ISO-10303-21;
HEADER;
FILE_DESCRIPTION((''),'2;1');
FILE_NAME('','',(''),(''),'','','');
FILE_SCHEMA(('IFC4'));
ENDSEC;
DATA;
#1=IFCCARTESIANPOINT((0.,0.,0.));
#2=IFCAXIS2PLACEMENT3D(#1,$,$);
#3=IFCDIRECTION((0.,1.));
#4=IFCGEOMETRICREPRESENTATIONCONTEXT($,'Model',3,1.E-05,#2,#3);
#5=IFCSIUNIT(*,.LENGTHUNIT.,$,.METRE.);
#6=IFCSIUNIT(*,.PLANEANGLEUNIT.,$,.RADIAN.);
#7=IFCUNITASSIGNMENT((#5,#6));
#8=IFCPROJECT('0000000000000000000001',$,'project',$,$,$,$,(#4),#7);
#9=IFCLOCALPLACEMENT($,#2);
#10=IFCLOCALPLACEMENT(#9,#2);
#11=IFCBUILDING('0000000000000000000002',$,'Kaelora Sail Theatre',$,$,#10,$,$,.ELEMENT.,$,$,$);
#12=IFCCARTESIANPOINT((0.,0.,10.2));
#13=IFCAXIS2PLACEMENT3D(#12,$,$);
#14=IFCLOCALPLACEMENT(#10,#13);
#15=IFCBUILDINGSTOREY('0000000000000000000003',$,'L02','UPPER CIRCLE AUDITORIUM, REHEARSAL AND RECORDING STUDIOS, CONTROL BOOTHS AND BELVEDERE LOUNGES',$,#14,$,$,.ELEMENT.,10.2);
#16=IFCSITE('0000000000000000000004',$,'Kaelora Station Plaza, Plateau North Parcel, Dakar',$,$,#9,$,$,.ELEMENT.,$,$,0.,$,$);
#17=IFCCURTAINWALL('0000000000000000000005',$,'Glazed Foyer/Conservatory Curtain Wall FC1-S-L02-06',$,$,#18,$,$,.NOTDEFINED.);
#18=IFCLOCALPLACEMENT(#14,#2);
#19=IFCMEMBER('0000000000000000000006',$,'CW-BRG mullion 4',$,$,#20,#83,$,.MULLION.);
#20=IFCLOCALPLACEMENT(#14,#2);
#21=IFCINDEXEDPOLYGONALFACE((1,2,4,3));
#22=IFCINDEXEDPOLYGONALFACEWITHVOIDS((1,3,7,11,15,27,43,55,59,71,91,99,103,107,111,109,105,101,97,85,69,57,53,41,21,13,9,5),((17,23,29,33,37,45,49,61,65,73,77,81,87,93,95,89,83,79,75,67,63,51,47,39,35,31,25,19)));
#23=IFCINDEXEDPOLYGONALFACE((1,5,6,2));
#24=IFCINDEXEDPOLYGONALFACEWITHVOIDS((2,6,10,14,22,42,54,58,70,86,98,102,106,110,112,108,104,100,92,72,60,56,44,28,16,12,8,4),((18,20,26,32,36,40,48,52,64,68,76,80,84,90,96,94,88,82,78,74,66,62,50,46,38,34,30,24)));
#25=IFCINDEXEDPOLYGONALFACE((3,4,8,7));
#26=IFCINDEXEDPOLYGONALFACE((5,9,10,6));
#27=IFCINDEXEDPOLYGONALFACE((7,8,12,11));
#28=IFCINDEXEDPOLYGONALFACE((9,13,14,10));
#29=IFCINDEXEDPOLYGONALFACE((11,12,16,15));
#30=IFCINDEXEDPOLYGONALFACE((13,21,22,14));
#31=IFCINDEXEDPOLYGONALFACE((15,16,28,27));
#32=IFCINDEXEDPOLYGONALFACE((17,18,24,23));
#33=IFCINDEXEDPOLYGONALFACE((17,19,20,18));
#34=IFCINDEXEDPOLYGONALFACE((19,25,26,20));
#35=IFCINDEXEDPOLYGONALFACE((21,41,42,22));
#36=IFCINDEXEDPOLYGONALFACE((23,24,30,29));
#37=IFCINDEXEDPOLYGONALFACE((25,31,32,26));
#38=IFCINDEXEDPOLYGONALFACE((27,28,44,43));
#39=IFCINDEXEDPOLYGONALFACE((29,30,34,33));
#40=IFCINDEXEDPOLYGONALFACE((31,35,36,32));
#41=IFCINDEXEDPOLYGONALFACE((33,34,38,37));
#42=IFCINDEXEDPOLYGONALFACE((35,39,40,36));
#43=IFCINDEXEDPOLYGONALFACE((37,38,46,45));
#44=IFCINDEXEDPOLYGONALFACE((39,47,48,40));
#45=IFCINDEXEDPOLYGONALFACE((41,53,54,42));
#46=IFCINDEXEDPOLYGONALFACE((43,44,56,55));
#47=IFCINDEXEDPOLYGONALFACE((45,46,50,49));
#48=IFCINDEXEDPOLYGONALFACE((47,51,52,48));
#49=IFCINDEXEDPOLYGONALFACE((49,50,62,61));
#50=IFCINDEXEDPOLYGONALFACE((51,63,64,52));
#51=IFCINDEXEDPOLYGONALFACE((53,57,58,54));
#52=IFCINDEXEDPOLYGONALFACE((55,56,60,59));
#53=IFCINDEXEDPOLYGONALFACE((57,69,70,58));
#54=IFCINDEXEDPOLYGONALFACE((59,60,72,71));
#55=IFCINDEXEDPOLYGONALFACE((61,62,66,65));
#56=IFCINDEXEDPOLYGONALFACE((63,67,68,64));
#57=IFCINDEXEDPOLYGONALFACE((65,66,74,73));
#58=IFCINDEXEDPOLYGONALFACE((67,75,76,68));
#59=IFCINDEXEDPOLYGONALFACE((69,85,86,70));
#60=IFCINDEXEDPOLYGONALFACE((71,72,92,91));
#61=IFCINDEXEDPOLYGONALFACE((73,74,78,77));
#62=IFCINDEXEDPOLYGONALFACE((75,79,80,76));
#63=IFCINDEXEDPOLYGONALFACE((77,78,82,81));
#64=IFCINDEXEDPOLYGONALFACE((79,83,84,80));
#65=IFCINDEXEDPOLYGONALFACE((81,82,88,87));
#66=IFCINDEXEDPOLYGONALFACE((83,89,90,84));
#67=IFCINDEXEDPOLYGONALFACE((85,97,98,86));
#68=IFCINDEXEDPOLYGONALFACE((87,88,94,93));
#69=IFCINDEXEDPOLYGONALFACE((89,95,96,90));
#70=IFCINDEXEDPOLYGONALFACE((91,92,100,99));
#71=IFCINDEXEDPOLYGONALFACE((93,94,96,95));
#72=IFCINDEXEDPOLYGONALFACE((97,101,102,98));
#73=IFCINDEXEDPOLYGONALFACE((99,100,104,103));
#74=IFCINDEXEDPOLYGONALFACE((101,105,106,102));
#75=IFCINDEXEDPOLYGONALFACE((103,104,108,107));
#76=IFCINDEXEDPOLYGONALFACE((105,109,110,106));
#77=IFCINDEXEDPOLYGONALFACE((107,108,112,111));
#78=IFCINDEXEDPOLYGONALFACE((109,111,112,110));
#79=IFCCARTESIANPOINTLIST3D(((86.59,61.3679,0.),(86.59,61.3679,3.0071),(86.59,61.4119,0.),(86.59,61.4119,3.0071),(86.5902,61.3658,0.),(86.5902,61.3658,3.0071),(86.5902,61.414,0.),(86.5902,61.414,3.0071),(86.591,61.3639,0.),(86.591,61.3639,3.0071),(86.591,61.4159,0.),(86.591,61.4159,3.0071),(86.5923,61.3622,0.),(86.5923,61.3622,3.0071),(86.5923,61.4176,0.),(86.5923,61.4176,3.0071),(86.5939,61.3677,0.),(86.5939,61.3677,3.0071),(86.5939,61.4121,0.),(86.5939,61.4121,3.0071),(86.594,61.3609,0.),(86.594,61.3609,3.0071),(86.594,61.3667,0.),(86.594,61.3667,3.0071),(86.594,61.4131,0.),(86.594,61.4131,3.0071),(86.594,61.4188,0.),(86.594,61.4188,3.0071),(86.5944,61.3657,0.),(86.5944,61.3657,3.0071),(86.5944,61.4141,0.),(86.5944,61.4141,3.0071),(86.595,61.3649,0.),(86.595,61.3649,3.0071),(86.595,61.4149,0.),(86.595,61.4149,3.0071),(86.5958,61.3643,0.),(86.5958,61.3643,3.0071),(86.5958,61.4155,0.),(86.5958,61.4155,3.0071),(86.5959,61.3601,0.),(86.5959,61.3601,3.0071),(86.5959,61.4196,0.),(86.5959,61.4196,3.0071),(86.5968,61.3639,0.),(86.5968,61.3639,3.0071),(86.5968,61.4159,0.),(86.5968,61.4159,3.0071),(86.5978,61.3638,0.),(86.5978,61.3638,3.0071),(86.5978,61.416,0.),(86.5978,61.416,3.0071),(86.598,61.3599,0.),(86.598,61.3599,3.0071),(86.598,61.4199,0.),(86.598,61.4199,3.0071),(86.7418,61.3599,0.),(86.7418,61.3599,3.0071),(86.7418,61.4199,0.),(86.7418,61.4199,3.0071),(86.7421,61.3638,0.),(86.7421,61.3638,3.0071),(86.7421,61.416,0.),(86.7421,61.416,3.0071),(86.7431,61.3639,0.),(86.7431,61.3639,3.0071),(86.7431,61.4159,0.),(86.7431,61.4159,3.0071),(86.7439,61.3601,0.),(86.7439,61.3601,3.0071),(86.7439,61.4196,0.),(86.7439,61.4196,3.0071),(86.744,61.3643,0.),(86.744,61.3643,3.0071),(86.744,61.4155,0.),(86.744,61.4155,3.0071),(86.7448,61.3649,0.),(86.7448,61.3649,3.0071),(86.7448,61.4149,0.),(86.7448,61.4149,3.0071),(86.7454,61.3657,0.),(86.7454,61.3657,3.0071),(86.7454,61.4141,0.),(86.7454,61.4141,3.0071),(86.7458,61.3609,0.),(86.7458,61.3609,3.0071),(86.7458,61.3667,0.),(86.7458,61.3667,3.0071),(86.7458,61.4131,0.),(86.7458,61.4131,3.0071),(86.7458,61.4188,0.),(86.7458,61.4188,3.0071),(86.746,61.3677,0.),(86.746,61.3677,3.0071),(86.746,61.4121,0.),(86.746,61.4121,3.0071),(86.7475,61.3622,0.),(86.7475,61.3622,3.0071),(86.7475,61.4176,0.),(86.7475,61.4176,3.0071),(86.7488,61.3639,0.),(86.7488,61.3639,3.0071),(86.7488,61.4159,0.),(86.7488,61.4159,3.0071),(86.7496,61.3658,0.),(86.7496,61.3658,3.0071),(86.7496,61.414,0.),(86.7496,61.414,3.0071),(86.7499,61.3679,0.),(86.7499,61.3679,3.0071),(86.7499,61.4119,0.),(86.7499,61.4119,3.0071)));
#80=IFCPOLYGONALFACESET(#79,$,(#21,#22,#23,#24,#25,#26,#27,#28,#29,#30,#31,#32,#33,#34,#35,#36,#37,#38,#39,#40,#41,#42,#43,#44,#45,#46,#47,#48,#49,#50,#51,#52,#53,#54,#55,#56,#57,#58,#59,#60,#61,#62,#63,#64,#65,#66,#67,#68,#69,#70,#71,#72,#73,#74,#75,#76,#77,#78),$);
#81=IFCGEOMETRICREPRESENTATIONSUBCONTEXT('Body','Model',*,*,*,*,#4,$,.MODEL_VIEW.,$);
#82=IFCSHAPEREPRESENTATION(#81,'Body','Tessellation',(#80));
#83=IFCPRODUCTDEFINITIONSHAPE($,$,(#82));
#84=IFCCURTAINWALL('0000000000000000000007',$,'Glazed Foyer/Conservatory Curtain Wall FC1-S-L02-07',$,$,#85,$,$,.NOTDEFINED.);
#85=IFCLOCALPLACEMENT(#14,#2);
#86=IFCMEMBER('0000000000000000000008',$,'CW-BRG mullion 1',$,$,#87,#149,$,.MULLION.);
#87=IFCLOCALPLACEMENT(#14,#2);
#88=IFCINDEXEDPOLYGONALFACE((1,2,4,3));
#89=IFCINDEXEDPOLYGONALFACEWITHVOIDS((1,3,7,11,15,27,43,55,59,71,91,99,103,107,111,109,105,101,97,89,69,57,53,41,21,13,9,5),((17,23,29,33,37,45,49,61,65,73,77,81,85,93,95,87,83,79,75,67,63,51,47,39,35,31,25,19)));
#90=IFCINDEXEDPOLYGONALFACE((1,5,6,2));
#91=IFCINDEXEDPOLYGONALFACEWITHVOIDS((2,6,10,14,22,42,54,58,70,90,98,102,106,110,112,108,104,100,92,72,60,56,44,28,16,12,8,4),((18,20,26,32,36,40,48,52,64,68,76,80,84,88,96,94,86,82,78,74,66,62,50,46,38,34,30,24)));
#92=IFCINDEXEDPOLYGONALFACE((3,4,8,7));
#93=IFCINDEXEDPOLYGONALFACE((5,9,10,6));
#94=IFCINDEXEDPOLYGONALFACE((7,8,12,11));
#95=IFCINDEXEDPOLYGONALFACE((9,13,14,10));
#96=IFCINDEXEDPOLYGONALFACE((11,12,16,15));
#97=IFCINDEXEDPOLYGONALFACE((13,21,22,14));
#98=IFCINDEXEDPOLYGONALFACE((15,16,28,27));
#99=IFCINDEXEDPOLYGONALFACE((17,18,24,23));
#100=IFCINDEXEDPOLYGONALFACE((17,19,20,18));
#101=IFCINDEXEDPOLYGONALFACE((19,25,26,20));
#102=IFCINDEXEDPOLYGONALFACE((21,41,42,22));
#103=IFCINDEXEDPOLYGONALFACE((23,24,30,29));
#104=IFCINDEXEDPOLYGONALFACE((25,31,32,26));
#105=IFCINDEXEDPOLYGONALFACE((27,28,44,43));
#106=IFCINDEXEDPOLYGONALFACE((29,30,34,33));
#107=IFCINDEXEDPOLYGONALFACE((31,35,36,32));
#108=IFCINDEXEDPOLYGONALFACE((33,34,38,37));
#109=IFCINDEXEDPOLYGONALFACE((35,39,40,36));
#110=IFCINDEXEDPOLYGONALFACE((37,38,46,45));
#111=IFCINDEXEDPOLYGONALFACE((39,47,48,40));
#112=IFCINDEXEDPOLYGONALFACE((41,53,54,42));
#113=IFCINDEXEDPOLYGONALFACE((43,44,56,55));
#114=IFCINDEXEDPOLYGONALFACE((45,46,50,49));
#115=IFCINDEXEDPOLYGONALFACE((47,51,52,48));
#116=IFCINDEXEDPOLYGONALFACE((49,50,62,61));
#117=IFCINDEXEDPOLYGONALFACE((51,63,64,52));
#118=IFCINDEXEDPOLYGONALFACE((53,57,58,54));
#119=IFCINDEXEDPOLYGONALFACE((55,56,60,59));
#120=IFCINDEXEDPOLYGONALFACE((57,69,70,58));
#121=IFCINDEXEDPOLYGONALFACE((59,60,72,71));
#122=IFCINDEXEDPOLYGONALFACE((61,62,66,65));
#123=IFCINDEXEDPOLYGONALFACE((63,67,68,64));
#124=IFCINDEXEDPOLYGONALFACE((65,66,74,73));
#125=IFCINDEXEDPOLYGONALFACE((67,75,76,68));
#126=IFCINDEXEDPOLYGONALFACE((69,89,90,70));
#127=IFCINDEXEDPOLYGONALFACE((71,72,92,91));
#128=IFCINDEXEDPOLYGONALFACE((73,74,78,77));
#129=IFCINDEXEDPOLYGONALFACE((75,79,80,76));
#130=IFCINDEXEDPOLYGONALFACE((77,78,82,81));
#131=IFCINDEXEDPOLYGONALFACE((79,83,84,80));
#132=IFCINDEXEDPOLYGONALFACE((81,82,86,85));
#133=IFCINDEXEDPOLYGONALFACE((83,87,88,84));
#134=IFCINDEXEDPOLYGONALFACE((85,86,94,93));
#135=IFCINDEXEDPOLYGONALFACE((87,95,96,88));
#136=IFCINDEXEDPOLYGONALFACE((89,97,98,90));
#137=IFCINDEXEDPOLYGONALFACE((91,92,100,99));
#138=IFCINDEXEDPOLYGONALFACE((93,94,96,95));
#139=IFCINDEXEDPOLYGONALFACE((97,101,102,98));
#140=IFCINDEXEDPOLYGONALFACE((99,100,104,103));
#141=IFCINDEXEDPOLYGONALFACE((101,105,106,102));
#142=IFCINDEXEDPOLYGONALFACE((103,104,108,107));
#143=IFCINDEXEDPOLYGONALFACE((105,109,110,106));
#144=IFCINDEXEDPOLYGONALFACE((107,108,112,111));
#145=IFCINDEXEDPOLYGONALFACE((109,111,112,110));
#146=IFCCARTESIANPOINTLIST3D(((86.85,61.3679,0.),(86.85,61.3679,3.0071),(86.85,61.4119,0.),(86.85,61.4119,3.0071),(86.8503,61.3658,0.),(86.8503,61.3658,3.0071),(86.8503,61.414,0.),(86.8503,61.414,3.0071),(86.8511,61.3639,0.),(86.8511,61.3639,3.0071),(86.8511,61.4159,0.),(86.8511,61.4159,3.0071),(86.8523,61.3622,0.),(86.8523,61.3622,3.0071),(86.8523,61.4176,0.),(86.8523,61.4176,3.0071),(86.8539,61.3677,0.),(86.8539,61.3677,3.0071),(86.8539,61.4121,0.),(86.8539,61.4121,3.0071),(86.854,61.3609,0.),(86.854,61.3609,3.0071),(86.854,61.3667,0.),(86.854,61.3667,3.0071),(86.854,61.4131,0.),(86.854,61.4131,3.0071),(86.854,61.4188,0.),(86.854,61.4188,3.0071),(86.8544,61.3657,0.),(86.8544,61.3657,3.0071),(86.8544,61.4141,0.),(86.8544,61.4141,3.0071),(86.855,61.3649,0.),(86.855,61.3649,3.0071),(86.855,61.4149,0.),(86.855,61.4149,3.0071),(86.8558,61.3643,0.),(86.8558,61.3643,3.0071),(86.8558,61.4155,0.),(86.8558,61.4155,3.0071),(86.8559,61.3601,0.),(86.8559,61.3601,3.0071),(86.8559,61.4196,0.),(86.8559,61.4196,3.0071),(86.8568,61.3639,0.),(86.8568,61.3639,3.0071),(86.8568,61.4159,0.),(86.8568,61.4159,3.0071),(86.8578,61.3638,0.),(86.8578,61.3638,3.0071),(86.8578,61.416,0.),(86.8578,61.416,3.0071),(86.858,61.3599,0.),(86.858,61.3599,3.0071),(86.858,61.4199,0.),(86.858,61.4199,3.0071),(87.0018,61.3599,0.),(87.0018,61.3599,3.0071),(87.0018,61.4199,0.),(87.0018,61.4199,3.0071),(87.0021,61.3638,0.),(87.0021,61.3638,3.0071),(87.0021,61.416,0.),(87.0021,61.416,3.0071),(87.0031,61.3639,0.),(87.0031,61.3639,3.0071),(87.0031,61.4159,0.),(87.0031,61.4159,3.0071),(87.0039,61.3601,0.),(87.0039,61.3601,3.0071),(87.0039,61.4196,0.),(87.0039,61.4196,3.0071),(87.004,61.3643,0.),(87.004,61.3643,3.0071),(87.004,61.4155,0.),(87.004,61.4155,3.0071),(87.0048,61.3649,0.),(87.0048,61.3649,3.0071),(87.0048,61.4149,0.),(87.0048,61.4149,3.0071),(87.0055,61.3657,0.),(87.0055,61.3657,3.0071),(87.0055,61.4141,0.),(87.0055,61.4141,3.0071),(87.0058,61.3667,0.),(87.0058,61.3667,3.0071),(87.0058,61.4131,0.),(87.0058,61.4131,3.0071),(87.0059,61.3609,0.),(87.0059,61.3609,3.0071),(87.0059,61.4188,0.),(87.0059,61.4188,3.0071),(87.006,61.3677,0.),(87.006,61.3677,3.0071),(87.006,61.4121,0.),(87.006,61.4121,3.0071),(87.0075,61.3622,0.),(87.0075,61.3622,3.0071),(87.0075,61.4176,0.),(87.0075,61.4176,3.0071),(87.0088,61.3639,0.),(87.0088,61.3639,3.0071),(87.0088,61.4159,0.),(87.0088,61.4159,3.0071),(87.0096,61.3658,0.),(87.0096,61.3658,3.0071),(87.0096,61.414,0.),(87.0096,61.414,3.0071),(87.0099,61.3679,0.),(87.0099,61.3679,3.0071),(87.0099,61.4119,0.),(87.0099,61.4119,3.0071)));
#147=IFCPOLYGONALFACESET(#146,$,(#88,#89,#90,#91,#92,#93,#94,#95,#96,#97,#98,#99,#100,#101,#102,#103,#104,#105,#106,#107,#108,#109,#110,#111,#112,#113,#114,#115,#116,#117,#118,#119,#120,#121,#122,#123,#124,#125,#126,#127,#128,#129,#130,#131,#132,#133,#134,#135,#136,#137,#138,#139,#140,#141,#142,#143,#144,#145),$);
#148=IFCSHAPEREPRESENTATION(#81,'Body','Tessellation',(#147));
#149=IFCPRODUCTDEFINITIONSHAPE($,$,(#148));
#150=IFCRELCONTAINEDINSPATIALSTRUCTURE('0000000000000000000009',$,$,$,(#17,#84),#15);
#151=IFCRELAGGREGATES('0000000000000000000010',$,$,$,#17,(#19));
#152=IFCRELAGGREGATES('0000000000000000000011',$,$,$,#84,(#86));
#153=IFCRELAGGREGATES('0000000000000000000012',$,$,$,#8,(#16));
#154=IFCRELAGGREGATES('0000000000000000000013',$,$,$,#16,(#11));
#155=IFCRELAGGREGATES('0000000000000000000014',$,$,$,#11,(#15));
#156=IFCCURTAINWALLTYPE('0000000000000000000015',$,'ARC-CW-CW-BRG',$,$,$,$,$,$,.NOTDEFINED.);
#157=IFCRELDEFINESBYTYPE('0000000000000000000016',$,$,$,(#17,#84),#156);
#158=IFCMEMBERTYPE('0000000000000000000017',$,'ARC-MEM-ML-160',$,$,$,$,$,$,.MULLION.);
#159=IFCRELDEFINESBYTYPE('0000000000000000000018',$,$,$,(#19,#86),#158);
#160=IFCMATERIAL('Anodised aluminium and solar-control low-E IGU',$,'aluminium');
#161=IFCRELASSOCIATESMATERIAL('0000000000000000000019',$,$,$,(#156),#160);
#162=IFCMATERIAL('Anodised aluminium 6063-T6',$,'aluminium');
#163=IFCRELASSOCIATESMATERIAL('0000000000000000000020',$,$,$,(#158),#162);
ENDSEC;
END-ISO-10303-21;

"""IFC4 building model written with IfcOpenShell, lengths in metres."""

from ifc_helpers import new_model, si_unit, direction, frame, origin, origin_2d, place, context, subcontext, project, spatial, hollow_rectangle, extrude, material, material_profile, profile_set, type_object, element, aggregate, save


model = new_model("IFC4")

# Units and contexts
model_context = context("Model", 3, precision=1e-05, world=origin(), true_north=direction((0.0, 1.0)))
body_context = subcontext(model_context, "Body", "Model", "MODEL_VIEW")
ifc_project = project(units=[si_unit("LENGTHUNIT", "METRE"), si_unit("PLANEANGLEUNIT", "RADIAN")], contexts=[model_context])

# Site, building, storey
site_placement = place(None, origin())
site = spatial("IfcSite", under=ifc_project, at=site_placement, Name="Kaelora Station Plaza, Plateau North Parcel, Dakar", CompositionType="ELEMENT", RefElevation=0.0)
building_placement = place(site_placement, origin())
building = spatial("IfcBuilding", under=site, at=building_placement, Name="Kaelora Sail Theatre", CompositionType="ELEMENT")
storey_placement = place(building_placement, frame((0.0, 0.0, 10.2)))
storey = spatial("IfcBuildingStorey", under=building, at=storey_placement, Name="L02", Description="UPPER CIRCLE AUDITORIUM, REHEARSAL AND RECORDING STUDIOS, CONTROL BOOTHS AND BELVEDERE LOUNGES", CompositionType="ELEMENT", Elevation=10.2)

# Curtain wall, member
ifc_material_1 = material(Name="Anodised aluminium and solar-control low-E IGU", Category="aluminium")
curtain_wall_type = type_object("IfcCurtainWallType", Name="ARC-CW-CW-BRG", PredefinedType="NOTDEFINED", material=ifc_material_1)
curtain_wall_1_placement = place(storey_placement, origin())
curtain_wall_1 = element("IfcCurtainWall", 1, at=curtain_wall_1_placement, inside=storey, type_object=curtain_wall_type, Name="Glazed Foyer/Conservatory Curtain Wall FC1-S-L02-06", PredefinedType="NOTDEFINED")
ifc_material_2 = material(Name="Anodised aluminium 6063-T6", Category="aluminium")
ifc_material_profile_1 = material_profile(ifc_material_2, hollow_rectangle(XDim=0.0601, YDim=0.1599, WallThickness=0.0039, InnerFilletRadius=0.0039, OuterFilletRadius=0.0081, at=origin_2d()), Name="ALU-MULL 60x160x4")
ifc_profile_set_1 = profile_set([ifc_material_profile_1], Name="Anodised aluminium 6063-T6")
member_type_1 = type_object("IfcMemberType", Name="ARC-MEM-ML-160", PredefinedType="MULLION", material=ifc_profile_set_1)
member_1_placement = place(storey_placement, frame((86.6699, 61.3899, 0.0), z_axis=(0.0, 0.0, 1.0), x_axis=(0.0, 1.0, 0.0)))
member_1 = element("IfcMember", 2, at=member_1_placement, type_object=member_type_1, Name="CW-BRG mullion 4", PredefinedType="MULLION", context=body_context, shape_type="SweptSolid", body=[
    extrude(hollow_rectangle(XDim=0.0601, YDim=0.1599, WallThickness=0.0039, InnerFilletRadius=0.0039, OuterFilletRadius=0.0081, at=origin_2d()), origin(), (0.0, 0.0, 1.0), 3.0071),
])

# Curtain wall, member
curtain_wall_2_placement = place(storey_placement, origin())
curtain_wall_2 = element("IfcCurtainWall", 3, at=curtain_wall_2_placement, inside=storey, type_object=curtain_wall_type, Name="Glazed Foyer/Conservatory Curtain Wall FC1-S-L02-07", PredefinedType="NOTDEFINED")
member_2_placement = place(storey_placement, frame((86.9299, 61.3899, 0.0), z_axis=(0.0, 0.0, 1.0), x_axis=(0.0, 1.0, 0.0)))
member_2 = element("IfcMember", 4, at=member_2_placement, type_object=member_type_1, Name="CW-BRG mullion 1", PredefinedType="MULLION", context=body_context, shape_type="SweptSolid", body=[
    extrude(hollow_rectangle(XDim=0.0601, YDim=0.1599, WallThickness=0.0039, InnerFilletRadius=0.0039, OuterFilletRadius=0.0081, at=origin_2d()), origin(), (0.0, 0.0, 1.0), 3.0071),
])

aggregate(curtain_wall_1, [member_1])
aggregate(curtain_wall_2, [member_2])

save(model, "model.ifc")
